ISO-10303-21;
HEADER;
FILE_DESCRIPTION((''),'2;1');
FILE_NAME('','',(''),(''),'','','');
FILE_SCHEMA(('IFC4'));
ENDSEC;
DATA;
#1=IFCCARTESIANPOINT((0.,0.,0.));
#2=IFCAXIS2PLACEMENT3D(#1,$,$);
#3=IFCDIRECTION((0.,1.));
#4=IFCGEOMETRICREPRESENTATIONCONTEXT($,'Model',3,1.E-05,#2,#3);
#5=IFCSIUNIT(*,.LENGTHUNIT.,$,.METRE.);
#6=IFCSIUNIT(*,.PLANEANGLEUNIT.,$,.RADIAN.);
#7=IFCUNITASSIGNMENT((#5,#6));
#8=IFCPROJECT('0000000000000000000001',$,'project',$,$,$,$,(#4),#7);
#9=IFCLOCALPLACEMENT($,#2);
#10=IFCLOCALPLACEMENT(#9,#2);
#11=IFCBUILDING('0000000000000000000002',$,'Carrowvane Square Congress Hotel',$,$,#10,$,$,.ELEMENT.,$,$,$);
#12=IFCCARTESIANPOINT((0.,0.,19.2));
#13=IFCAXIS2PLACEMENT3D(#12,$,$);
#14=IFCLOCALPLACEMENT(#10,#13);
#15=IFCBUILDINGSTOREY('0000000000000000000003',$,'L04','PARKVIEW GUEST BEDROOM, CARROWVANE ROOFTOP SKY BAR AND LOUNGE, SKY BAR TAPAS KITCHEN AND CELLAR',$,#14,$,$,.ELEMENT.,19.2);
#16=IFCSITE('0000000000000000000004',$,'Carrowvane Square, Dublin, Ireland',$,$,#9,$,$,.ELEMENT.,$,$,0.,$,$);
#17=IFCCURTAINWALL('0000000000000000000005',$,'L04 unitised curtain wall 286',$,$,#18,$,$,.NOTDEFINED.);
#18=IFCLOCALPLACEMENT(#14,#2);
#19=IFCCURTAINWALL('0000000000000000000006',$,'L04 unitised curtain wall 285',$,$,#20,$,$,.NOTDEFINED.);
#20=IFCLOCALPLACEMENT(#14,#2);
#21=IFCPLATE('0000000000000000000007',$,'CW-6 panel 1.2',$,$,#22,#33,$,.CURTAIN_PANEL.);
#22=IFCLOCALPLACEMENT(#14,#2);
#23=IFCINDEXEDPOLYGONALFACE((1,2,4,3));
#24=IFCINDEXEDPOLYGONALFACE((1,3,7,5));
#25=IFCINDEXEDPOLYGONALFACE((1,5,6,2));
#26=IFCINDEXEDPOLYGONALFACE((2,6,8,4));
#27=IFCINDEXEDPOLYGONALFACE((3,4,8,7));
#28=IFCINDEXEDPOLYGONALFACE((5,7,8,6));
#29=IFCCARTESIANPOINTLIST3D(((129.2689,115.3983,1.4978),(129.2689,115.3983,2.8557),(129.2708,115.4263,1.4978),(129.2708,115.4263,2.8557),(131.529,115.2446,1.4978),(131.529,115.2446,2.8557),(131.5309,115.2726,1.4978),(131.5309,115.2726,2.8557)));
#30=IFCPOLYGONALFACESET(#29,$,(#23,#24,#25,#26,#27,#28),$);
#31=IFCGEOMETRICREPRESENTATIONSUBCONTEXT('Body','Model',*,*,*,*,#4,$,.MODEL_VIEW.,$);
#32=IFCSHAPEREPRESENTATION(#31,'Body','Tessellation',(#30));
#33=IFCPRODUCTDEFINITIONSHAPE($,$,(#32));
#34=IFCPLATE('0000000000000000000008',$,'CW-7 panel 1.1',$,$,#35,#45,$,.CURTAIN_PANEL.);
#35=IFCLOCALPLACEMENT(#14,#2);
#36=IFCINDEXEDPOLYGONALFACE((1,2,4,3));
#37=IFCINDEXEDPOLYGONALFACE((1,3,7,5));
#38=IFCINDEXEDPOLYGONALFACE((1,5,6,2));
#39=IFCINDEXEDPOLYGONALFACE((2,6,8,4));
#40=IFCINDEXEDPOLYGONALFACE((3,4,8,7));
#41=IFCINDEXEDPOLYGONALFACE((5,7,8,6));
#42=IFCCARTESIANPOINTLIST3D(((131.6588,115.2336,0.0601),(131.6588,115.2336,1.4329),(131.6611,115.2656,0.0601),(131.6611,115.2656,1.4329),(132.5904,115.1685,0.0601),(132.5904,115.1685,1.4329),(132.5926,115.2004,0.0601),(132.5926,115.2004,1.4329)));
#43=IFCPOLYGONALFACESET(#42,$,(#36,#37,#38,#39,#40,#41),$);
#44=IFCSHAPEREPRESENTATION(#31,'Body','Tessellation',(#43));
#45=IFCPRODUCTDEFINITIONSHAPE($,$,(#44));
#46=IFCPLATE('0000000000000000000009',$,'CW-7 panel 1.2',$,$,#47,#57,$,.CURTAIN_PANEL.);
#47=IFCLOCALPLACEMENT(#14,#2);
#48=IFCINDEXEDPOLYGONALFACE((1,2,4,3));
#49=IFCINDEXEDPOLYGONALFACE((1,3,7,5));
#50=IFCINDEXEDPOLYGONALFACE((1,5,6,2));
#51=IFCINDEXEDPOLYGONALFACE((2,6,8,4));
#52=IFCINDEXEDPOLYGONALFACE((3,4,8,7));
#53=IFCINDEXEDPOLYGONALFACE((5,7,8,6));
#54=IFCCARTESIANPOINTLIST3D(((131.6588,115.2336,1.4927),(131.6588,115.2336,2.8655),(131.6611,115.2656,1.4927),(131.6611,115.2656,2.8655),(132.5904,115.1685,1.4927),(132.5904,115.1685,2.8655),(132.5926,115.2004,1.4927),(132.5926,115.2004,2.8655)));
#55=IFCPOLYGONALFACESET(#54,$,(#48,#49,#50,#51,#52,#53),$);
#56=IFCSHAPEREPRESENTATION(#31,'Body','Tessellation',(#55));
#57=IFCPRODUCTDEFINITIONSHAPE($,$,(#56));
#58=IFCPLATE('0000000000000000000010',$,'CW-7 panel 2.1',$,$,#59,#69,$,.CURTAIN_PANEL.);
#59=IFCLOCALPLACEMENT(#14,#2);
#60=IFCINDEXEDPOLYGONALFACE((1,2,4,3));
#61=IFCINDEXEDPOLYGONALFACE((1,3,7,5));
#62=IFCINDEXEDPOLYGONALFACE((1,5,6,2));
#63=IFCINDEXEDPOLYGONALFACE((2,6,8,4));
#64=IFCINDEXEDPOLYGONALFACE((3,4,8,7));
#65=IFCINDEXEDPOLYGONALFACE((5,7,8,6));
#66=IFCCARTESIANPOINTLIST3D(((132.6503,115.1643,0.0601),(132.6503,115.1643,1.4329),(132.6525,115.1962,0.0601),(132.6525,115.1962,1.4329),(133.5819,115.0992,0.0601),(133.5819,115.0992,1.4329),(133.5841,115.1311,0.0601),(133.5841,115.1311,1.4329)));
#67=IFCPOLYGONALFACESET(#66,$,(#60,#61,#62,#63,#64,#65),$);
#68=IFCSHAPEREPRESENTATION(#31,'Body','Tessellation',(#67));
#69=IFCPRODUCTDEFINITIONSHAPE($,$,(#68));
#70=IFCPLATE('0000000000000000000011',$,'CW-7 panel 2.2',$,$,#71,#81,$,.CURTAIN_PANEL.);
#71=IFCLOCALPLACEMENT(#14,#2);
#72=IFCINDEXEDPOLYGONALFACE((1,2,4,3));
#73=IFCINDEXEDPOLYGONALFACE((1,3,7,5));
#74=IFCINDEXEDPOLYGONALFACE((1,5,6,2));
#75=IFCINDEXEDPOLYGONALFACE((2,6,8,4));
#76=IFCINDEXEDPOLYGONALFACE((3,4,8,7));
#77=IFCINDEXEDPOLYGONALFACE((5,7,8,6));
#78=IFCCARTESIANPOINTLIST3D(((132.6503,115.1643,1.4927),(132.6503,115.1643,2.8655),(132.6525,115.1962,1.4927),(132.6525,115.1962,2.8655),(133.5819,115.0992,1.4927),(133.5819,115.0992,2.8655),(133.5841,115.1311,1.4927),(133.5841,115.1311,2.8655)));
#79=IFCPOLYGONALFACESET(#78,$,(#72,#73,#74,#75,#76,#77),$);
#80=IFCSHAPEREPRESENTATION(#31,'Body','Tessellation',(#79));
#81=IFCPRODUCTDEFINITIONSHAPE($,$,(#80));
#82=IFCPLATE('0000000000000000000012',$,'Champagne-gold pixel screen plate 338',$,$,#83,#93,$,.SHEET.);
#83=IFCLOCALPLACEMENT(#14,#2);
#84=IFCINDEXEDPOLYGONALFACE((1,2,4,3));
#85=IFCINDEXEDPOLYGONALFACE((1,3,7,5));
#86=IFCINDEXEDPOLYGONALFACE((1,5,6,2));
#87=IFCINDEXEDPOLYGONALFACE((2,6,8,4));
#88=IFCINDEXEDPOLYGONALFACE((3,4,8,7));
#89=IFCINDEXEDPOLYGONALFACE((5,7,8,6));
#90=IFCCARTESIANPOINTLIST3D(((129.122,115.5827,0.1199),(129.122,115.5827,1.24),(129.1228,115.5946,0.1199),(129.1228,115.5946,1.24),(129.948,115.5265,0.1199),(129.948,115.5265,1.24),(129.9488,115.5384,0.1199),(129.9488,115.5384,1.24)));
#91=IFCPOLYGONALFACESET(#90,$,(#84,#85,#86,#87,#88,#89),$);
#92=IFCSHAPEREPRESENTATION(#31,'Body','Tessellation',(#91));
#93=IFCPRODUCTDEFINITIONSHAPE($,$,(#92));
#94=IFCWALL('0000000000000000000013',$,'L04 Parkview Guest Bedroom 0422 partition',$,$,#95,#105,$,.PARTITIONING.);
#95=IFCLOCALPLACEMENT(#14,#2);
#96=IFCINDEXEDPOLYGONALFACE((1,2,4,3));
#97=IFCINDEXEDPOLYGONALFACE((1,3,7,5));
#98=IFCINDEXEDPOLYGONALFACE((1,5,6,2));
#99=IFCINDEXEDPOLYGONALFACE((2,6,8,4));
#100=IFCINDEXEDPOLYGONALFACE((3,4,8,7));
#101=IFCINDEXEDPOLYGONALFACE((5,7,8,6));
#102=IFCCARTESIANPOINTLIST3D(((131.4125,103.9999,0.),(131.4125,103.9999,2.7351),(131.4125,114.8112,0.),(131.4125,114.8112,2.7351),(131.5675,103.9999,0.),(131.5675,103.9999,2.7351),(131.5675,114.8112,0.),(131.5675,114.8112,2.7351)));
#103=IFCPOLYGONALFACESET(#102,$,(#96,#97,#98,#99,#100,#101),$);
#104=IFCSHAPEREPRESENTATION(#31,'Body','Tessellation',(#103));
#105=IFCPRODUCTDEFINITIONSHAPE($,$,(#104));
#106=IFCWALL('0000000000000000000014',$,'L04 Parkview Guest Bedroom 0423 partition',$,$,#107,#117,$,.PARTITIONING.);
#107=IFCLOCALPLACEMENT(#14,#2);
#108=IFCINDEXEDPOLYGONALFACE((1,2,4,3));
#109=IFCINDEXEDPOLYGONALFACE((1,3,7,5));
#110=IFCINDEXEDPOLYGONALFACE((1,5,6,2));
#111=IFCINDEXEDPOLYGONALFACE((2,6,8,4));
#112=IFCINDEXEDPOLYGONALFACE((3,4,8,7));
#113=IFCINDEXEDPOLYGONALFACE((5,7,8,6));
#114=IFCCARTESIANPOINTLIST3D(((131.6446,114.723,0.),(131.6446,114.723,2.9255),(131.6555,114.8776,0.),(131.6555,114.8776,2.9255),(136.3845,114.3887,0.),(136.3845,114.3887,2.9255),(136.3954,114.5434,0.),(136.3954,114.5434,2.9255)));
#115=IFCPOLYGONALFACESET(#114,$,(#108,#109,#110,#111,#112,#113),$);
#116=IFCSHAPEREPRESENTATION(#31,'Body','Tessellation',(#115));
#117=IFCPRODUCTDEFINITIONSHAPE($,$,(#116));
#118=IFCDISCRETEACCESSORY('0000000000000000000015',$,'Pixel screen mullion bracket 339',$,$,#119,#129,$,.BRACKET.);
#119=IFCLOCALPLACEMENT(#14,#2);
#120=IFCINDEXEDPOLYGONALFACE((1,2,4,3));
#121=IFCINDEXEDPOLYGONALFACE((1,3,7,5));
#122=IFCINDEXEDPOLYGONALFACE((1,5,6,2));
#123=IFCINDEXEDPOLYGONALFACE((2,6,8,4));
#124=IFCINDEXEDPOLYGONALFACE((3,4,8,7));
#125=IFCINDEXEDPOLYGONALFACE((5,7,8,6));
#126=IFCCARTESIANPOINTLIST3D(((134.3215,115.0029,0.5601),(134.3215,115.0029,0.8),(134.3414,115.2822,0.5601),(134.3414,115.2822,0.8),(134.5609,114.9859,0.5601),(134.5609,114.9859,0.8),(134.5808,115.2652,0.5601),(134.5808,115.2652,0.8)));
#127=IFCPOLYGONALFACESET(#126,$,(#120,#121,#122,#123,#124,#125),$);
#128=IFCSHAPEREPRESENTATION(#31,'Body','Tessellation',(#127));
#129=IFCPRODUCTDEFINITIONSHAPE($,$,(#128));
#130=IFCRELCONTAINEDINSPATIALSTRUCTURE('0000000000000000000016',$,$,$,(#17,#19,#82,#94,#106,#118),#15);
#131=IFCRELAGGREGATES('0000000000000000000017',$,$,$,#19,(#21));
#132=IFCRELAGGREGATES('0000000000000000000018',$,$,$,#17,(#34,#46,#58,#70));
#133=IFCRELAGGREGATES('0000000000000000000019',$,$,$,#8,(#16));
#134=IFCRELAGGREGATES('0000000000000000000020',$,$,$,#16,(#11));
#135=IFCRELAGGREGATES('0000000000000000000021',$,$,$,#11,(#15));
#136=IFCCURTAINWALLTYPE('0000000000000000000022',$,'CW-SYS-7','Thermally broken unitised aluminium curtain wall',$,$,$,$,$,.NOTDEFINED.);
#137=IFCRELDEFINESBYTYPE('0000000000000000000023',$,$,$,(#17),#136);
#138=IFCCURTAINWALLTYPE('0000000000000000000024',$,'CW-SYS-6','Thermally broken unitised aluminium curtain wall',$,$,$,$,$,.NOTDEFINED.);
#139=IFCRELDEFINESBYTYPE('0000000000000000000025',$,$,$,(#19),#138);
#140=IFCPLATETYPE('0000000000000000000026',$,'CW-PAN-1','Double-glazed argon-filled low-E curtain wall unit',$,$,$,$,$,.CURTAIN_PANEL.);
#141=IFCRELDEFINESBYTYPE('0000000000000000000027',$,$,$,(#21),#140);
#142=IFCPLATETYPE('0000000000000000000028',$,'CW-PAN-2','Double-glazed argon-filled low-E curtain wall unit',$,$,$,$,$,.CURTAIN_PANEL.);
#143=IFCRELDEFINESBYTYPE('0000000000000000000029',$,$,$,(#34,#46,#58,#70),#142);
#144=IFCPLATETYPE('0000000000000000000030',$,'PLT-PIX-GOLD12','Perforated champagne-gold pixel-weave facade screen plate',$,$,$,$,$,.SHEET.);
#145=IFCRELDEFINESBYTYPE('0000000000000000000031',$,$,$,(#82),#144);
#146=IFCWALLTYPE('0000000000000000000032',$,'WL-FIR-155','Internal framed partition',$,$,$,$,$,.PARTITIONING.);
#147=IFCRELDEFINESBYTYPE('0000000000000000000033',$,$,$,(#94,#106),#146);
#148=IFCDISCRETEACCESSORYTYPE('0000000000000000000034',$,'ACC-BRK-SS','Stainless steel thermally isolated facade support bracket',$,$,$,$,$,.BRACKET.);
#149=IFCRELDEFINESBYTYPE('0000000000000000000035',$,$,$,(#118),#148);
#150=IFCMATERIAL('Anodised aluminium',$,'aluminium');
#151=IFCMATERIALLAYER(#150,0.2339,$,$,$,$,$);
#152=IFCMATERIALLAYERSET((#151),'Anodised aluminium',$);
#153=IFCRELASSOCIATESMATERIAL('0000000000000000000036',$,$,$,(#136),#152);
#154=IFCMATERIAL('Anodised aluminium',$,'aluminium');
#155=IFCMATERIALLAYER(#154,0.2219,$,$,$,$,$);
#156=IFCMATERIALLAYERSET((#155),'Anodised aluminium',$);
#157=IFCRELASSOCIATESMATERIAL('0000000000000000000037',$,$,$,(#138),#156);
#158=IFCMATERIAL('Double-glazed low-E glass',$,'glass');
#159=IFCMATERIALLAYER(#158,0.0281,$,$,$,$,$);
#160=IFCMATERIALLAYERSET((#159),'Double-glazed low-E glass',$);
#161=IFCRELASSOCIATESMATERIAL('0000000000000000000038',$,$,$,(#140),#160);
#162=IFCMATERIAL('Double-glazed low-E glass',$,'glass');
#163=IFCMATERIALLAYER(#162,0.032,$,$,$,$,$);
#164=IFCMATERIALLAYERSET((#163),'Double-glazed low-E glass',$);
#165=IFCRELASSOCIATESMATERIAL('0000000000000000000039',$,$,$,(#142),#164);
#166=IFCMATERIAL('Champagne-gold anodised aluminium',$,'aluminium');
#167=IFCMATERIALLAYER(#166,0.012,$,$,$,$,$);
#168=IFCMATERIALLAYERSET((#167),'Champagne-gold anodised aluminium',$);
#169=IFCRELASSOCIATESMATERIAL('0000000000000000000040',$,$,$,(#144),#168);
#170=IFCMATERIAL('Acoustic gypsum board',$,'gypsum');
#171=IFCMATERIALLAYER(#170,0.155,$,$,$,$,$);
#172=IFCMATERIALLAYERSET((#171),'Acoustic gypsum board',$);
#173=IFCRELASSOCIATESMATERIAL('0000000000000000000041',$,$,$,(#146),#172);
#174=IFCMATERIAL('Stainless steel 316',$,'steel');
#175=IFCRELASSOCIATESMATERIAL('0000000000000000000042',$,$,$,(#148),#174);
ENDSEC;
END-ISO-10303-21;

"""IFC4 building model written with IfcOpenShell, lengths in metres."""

from ifc_helpers import new_model, si_unit, direction, frame, frame_2d, origin, origin_2d, place, context, subcontext, project, spatial, rectangle, extrude, material, layer, layer_set, type_object, element, aggregate, save


model = new_model("IFC4")

# Units and contexts
model_context = context("Model", 3, precision=1e-05, world=origin(), true_north=direction((0.0, 1.0)))
body_context = subcontext(model_context, "Body", "Model", "MODEL_VIEW")
ifc_project = project(units=[si_unit("LENGTHUNIT", "METRE"), si_unit("PLANEANGLEUNIT", "RADIAN")], contexts=[model_context])

# Site, building, storey
site_placement = place(None, origin())
site = spatial("IfcSite", under=ifc_project, at=site_placement, Name="Carrowvane Square, Dublin, Ireland", CompositionType="ELEMENT", RefElevation=0.0)
building_placement = place(site_placement, origin())
building = spatial("IfcBuilding", under=site, at=building_placement, Name="Carrowvane Square Congress Hotel", CompositionType="ELEMENT")
storey_placement = place(building_placement, frame((0.0, 0.0, 19.2)))
storey = spatial("IfcBuildingStorey", under=building, at=storey_placement, Name="L04", Description="PARKVIEW GUEST BEDROOM, CARROWVANE ROOFTOP SKY BAR AND LOUNGE, SKY BAR TAPAS KITCHEN AND CELLAR", CompositionType="ELEMENT", Elevation=19.2)

# Curtain wall
ifc_material_1 = material(Name="Anodised aluminium", Category="aluminium")
ifc_layer_1 = layer(ifc_material_1, 0.2339)
ifc_layer_set_1 = layer_set([ifc_layer_1], Name="Anodised aluminium")
curtain_wall_type_1 = type_object("IfcCurtainWallType", Name="CW-SYS-7", Description="Thermally broken unitised aluminium curtain wall", PredefinedType="NOTDEFINED", material=ifc_layer_set_1)
curtain_wall_1_placement = place(storey_placement, origin())
curtain_wall_1 = element("IfcCurtainWall", 1, at=curtain_wall_1_placement, inside=storey, type_object=curtain_wall_type_1, Name="L04 unitised curtain wall 286", PredefinedType="NOTDEFINED")

# Curtain wall
ifc_material_2 = material(Name="Anodised aluminium", Category="aluminium")
ifc_layer_2 = layer(ifc_material_2, 0.2219)
ifc_layer_set_2 = layer_set([ifc_layer_2], Name="Anodised aluminium")
curtain_wall_type_2 = type_object("IfcCurtainWallType", Name="CW-SYS-6", Description="Thermally broken unitised aluminium curtain wall", PredefinedType="NOTDEFINED", material=ifc_layer_set_2)
curtain_wall_2_placement = place(storey_placement, origin())
curtain_wall_2 = element("IfcCurtainWall", 2, at=curtain_wall_2_placement, inside=storey, type_object=curtain_wall_type_2, Name="L04 unitised curtain wall 285", PredefinedType="NOTDEFINED")

# Plates
ifc_material_3 = material(Name="Double-glazed low-E glass", Category="glass")
ifc_layer_3 = layer(ifc_material_3, 0.0281)
ifc_layer_set_3 = layer_set([ifc_layer_3], Name="Double-glazed low-E glass")
plate_type_1 = type_object("IfcPlateType", Name="CW-PAN-1", Description="Double-glazed argon-filled low-E curtain wall unit", PredefinedType="CURTAIN_PANEL", material=ifc_layer_set_3)
plate_1_placement = place(storey_placement, frame((130.3999, 115.3354, 1.4978), z_axis=(0.0, 0.0, 1.0), x_axis=(0.997694, -0.06787, 0.0)))
plate_1 = element("IfcPlate", 3, at=plate_1_placement, type_object=plate_type_1, Name="CW-6 panel 1.2", PredefinedType="CURTAIN_PANEL", context=body_context, shape_type="SweptSolid", body=[
    extrude(rectangle(XDim=2.2654, YDim=0.0281, at=origin_2d()), origin(), (0.0, 0.0, 1.0), 1.3579),
])
aggregate(curtain_wall_2, [plate_1])
ifc_material_4 = material(Name="Double-glazed low-E glass", Category="glass")
ifc_layer_4 = layer(ifc_material_4, 0.032)
ifc_layer_set_4 = layer_set([ifc_layer_4], Name="Double-glazed low-E glass")
plate_type_2 = type_object("IfcPlateType", Name="CW-PAN-2", Description="Double-glazed argon-filled low-E curtain wall unit", PredefinedType="CURTAIN_PANEL", material=ifc_layer_set_4)
plate_2_placement = place(storey_placement, frame((132.1257, 115.217, 0.0601), z_axis=(0.0, 0.0, 1.0), x_axis=(0.997566, -0.069727, 0.0)))
plate_2 = element("IfcPlate", 4, at=plate_2_placement, type_object=plate_type_2, Name="CW-7 panel 1.1", PredefinedType="CURTAIN_PANEL", context=body_context, shape_type="SweptSolid", body=[
    extrude(rectangle(XDim=0.9338, YDim=0.032, at=origin_2d()), origin(), (0.0, 0.0, 1.0), 1.3728),
])
plate_3_placement = place(storey_placement, frame((132.1257, 115.217, 1.4927), z_axis=(0.0, 0.0, 1.0), x_axis=(0.997566, -0.069727, 0.0)))
plate_3 = element("IfcPlate", 5, at=plate_3_placement, type_object=plate_type_2, Name="CW-7 panel 1.2", PredefinedType="CURTAIN_PANEL", context=body_context, shape_type="SweptSolid", body=[
    extrude(rectangle(XDim=0.9338, YDim=0.032, at=origin_2d()), origin(), (0.0, 0.0, 1.0), 1.3728),
])
plate_4_placement = place(storey_placement, frame((133.1172, 115.1477, 0.0601), z_axis=(0.0, 0.0, 1.0), x_axis=(0.997566, -0.069727, 0.0)))
plate_4 = element("IfcPlate", 6, at=plate_4_placement, type_object=plate_type_2, Name="CW-7 panel 2.1", PredefinedType="CURTAIN_PANEL", context=body_context, shape_type="SweptSolid", body=[
    extrude(rectangle(XDim=0.9338, YDim=0.032, at=origin_2d()), origin(), (0.0, 0.0, 1.0), 1.3728),
])
plate_5_placement = place(storey_placement, frame((133.1172, 115.1477, 1.4927), z_axis=(0.0, 0.0, 1.0), x_axis=(0.997566, -0.069727, 0.0)))
plate_5 = element("IfcPlate", 7, at=plate_5_placement, type_object=plate_type_2, Name="CW-7 panel 2.2", PredefinedType="CURTAIN_PANEL", context=body_context, shape_type="SweptSolid", body=[
    extrude(rectangle(XDim=0.9338, YDim=0.032, at=origin_2d()), origin(), (0.0, 0.0, 1.0), 1.3728),
])
aggregate(curtain_wall_1, [plate_2, plate_3, plate_4, plate_5])
ifc_material_5 = material(Name="Champagne-gold anodised aluminium", Category="aluminium")
ifc_layer_5 = layer(ifc_material_5, 0.012)
ifc_layer_set_5 = layer_set([ifc_layer_5], Name="Champagne-gold anodised aluminium")
plate_type_3 = type_object("IfcPlateType", Name="PLT-PIX-GOLD12", Description="Perforated champagne-gold pixel-weave facade screen plate", PredefinedType="SHEET", material=ifc_layer_set_5)
plate_6_placement = place(storey_placement, frame((129.5354, 115.5605, 0.1199), z_axis=(0.0, 0.0, 1.0), x_axis=(0.997694, -0.067866, 0.0)))
element("IfcPlate", 8, at=plate_6_placement, inside=storey, type_object=plate_type_3, Name="Champagne-gold pixel screen plate 338", PredefinedType="SHEET", context=body_context, shape_type="SweptSolid", body=[
    extrude(rectangle(XDim=0.8279, YDim=0.012, at=origin_2d()), origin(), (0.0, 0.0, 1.0), 1.1201),
])

# Walls
ifc_material_6 = material(Name="Acoustic gypsum board", Category="gypsum")
ifc_layer_6 = layer(ifc_material_6, 0.155)
ifc_layer_set_6 = layer_set([ifc_layer_6], Name="Acoustic gypsum board")
wall_type = type_object("IfcWallType", Name="WL-FIR-155", Description="Internal framed partition", PredefinedType="PARTITIONING", material=ifc_layer_set_6)
wall_1_placement = place(storey_placement, frame((131.49, 114.8113, 0.0), z_axis=(0.0, 0.0, 1.0), x_axis=(0.0, -1.0, 0.0)))
element("IfcWall", 9, at=wall_1_placement, inside=storey, type_object=wall_type, Name="L04 Parkview Guest Bedroom 0422 partition", PredefinedType="PARTITIONING", context=body_context, shape_type="SweptSolid", body=[
    extrude(rectangle(XDim=10.8113, YDim=0.155, at=frame_2d((5.4058, 0.0))), origin(), (0.0, 0.0, 1.0), 2.7351),
])
wall_2_placement = place(storey_placement, frame((131.6499, 114.8003, 0.0), z_axis=(0.0, 0.0, 1.0), x_axis=(0.997523, -0.070338, 0.0)))
element("IfcWall", 10, at=wall_2_placement, inside=storey, type_object=wall_type, Name="L04 Parkview Guest Bedroom 0423 partition", PredefinedType="PARTITIONING", context=body_context, shape_type="SweptSolid", body=[
    extrude(rectangle(XDim=4.7517, YDim=0.155, at=frame_2d((2.376, 0.0))), origin(), (0.0, 0.0, 1.0), 2.9255),
])

# Discrete accessory
ifc_material_7 = material(Name="Stainless steel 316", Category="steel")
discrete_accessory_type = type_object("IfcDiscreteAccessoryType", Name="ACC-BRK-SS", Description="Stainless steel thermally isolated facade support bracket", PredefinedType="BRACKET", material=ifc_material_7)
discrete_accessory_placement = place(storey_placement, frame((134.4512, 115.134, 0.5601), z_axis=(0.0, 0.0, 1.0), x_axis=(0.997479, -0.070957, 0.0)))
element("IfcDiscreteAccessory", 11, at=discrete_accessory_placement, inside=storey, type_object=discrete_accessory_type, Name="Pixel screen mullion bracket 339", PredefinedType="BRACKET", context=body_context, shape_type="SweptSolid", body=[
    extrude(rectangle(XDim=0.24, YDim=0.28, at=origin_2d()), origin(), (0.0, 0.0, 1.0), 0.24),
])

save(model, "model.ifc")
